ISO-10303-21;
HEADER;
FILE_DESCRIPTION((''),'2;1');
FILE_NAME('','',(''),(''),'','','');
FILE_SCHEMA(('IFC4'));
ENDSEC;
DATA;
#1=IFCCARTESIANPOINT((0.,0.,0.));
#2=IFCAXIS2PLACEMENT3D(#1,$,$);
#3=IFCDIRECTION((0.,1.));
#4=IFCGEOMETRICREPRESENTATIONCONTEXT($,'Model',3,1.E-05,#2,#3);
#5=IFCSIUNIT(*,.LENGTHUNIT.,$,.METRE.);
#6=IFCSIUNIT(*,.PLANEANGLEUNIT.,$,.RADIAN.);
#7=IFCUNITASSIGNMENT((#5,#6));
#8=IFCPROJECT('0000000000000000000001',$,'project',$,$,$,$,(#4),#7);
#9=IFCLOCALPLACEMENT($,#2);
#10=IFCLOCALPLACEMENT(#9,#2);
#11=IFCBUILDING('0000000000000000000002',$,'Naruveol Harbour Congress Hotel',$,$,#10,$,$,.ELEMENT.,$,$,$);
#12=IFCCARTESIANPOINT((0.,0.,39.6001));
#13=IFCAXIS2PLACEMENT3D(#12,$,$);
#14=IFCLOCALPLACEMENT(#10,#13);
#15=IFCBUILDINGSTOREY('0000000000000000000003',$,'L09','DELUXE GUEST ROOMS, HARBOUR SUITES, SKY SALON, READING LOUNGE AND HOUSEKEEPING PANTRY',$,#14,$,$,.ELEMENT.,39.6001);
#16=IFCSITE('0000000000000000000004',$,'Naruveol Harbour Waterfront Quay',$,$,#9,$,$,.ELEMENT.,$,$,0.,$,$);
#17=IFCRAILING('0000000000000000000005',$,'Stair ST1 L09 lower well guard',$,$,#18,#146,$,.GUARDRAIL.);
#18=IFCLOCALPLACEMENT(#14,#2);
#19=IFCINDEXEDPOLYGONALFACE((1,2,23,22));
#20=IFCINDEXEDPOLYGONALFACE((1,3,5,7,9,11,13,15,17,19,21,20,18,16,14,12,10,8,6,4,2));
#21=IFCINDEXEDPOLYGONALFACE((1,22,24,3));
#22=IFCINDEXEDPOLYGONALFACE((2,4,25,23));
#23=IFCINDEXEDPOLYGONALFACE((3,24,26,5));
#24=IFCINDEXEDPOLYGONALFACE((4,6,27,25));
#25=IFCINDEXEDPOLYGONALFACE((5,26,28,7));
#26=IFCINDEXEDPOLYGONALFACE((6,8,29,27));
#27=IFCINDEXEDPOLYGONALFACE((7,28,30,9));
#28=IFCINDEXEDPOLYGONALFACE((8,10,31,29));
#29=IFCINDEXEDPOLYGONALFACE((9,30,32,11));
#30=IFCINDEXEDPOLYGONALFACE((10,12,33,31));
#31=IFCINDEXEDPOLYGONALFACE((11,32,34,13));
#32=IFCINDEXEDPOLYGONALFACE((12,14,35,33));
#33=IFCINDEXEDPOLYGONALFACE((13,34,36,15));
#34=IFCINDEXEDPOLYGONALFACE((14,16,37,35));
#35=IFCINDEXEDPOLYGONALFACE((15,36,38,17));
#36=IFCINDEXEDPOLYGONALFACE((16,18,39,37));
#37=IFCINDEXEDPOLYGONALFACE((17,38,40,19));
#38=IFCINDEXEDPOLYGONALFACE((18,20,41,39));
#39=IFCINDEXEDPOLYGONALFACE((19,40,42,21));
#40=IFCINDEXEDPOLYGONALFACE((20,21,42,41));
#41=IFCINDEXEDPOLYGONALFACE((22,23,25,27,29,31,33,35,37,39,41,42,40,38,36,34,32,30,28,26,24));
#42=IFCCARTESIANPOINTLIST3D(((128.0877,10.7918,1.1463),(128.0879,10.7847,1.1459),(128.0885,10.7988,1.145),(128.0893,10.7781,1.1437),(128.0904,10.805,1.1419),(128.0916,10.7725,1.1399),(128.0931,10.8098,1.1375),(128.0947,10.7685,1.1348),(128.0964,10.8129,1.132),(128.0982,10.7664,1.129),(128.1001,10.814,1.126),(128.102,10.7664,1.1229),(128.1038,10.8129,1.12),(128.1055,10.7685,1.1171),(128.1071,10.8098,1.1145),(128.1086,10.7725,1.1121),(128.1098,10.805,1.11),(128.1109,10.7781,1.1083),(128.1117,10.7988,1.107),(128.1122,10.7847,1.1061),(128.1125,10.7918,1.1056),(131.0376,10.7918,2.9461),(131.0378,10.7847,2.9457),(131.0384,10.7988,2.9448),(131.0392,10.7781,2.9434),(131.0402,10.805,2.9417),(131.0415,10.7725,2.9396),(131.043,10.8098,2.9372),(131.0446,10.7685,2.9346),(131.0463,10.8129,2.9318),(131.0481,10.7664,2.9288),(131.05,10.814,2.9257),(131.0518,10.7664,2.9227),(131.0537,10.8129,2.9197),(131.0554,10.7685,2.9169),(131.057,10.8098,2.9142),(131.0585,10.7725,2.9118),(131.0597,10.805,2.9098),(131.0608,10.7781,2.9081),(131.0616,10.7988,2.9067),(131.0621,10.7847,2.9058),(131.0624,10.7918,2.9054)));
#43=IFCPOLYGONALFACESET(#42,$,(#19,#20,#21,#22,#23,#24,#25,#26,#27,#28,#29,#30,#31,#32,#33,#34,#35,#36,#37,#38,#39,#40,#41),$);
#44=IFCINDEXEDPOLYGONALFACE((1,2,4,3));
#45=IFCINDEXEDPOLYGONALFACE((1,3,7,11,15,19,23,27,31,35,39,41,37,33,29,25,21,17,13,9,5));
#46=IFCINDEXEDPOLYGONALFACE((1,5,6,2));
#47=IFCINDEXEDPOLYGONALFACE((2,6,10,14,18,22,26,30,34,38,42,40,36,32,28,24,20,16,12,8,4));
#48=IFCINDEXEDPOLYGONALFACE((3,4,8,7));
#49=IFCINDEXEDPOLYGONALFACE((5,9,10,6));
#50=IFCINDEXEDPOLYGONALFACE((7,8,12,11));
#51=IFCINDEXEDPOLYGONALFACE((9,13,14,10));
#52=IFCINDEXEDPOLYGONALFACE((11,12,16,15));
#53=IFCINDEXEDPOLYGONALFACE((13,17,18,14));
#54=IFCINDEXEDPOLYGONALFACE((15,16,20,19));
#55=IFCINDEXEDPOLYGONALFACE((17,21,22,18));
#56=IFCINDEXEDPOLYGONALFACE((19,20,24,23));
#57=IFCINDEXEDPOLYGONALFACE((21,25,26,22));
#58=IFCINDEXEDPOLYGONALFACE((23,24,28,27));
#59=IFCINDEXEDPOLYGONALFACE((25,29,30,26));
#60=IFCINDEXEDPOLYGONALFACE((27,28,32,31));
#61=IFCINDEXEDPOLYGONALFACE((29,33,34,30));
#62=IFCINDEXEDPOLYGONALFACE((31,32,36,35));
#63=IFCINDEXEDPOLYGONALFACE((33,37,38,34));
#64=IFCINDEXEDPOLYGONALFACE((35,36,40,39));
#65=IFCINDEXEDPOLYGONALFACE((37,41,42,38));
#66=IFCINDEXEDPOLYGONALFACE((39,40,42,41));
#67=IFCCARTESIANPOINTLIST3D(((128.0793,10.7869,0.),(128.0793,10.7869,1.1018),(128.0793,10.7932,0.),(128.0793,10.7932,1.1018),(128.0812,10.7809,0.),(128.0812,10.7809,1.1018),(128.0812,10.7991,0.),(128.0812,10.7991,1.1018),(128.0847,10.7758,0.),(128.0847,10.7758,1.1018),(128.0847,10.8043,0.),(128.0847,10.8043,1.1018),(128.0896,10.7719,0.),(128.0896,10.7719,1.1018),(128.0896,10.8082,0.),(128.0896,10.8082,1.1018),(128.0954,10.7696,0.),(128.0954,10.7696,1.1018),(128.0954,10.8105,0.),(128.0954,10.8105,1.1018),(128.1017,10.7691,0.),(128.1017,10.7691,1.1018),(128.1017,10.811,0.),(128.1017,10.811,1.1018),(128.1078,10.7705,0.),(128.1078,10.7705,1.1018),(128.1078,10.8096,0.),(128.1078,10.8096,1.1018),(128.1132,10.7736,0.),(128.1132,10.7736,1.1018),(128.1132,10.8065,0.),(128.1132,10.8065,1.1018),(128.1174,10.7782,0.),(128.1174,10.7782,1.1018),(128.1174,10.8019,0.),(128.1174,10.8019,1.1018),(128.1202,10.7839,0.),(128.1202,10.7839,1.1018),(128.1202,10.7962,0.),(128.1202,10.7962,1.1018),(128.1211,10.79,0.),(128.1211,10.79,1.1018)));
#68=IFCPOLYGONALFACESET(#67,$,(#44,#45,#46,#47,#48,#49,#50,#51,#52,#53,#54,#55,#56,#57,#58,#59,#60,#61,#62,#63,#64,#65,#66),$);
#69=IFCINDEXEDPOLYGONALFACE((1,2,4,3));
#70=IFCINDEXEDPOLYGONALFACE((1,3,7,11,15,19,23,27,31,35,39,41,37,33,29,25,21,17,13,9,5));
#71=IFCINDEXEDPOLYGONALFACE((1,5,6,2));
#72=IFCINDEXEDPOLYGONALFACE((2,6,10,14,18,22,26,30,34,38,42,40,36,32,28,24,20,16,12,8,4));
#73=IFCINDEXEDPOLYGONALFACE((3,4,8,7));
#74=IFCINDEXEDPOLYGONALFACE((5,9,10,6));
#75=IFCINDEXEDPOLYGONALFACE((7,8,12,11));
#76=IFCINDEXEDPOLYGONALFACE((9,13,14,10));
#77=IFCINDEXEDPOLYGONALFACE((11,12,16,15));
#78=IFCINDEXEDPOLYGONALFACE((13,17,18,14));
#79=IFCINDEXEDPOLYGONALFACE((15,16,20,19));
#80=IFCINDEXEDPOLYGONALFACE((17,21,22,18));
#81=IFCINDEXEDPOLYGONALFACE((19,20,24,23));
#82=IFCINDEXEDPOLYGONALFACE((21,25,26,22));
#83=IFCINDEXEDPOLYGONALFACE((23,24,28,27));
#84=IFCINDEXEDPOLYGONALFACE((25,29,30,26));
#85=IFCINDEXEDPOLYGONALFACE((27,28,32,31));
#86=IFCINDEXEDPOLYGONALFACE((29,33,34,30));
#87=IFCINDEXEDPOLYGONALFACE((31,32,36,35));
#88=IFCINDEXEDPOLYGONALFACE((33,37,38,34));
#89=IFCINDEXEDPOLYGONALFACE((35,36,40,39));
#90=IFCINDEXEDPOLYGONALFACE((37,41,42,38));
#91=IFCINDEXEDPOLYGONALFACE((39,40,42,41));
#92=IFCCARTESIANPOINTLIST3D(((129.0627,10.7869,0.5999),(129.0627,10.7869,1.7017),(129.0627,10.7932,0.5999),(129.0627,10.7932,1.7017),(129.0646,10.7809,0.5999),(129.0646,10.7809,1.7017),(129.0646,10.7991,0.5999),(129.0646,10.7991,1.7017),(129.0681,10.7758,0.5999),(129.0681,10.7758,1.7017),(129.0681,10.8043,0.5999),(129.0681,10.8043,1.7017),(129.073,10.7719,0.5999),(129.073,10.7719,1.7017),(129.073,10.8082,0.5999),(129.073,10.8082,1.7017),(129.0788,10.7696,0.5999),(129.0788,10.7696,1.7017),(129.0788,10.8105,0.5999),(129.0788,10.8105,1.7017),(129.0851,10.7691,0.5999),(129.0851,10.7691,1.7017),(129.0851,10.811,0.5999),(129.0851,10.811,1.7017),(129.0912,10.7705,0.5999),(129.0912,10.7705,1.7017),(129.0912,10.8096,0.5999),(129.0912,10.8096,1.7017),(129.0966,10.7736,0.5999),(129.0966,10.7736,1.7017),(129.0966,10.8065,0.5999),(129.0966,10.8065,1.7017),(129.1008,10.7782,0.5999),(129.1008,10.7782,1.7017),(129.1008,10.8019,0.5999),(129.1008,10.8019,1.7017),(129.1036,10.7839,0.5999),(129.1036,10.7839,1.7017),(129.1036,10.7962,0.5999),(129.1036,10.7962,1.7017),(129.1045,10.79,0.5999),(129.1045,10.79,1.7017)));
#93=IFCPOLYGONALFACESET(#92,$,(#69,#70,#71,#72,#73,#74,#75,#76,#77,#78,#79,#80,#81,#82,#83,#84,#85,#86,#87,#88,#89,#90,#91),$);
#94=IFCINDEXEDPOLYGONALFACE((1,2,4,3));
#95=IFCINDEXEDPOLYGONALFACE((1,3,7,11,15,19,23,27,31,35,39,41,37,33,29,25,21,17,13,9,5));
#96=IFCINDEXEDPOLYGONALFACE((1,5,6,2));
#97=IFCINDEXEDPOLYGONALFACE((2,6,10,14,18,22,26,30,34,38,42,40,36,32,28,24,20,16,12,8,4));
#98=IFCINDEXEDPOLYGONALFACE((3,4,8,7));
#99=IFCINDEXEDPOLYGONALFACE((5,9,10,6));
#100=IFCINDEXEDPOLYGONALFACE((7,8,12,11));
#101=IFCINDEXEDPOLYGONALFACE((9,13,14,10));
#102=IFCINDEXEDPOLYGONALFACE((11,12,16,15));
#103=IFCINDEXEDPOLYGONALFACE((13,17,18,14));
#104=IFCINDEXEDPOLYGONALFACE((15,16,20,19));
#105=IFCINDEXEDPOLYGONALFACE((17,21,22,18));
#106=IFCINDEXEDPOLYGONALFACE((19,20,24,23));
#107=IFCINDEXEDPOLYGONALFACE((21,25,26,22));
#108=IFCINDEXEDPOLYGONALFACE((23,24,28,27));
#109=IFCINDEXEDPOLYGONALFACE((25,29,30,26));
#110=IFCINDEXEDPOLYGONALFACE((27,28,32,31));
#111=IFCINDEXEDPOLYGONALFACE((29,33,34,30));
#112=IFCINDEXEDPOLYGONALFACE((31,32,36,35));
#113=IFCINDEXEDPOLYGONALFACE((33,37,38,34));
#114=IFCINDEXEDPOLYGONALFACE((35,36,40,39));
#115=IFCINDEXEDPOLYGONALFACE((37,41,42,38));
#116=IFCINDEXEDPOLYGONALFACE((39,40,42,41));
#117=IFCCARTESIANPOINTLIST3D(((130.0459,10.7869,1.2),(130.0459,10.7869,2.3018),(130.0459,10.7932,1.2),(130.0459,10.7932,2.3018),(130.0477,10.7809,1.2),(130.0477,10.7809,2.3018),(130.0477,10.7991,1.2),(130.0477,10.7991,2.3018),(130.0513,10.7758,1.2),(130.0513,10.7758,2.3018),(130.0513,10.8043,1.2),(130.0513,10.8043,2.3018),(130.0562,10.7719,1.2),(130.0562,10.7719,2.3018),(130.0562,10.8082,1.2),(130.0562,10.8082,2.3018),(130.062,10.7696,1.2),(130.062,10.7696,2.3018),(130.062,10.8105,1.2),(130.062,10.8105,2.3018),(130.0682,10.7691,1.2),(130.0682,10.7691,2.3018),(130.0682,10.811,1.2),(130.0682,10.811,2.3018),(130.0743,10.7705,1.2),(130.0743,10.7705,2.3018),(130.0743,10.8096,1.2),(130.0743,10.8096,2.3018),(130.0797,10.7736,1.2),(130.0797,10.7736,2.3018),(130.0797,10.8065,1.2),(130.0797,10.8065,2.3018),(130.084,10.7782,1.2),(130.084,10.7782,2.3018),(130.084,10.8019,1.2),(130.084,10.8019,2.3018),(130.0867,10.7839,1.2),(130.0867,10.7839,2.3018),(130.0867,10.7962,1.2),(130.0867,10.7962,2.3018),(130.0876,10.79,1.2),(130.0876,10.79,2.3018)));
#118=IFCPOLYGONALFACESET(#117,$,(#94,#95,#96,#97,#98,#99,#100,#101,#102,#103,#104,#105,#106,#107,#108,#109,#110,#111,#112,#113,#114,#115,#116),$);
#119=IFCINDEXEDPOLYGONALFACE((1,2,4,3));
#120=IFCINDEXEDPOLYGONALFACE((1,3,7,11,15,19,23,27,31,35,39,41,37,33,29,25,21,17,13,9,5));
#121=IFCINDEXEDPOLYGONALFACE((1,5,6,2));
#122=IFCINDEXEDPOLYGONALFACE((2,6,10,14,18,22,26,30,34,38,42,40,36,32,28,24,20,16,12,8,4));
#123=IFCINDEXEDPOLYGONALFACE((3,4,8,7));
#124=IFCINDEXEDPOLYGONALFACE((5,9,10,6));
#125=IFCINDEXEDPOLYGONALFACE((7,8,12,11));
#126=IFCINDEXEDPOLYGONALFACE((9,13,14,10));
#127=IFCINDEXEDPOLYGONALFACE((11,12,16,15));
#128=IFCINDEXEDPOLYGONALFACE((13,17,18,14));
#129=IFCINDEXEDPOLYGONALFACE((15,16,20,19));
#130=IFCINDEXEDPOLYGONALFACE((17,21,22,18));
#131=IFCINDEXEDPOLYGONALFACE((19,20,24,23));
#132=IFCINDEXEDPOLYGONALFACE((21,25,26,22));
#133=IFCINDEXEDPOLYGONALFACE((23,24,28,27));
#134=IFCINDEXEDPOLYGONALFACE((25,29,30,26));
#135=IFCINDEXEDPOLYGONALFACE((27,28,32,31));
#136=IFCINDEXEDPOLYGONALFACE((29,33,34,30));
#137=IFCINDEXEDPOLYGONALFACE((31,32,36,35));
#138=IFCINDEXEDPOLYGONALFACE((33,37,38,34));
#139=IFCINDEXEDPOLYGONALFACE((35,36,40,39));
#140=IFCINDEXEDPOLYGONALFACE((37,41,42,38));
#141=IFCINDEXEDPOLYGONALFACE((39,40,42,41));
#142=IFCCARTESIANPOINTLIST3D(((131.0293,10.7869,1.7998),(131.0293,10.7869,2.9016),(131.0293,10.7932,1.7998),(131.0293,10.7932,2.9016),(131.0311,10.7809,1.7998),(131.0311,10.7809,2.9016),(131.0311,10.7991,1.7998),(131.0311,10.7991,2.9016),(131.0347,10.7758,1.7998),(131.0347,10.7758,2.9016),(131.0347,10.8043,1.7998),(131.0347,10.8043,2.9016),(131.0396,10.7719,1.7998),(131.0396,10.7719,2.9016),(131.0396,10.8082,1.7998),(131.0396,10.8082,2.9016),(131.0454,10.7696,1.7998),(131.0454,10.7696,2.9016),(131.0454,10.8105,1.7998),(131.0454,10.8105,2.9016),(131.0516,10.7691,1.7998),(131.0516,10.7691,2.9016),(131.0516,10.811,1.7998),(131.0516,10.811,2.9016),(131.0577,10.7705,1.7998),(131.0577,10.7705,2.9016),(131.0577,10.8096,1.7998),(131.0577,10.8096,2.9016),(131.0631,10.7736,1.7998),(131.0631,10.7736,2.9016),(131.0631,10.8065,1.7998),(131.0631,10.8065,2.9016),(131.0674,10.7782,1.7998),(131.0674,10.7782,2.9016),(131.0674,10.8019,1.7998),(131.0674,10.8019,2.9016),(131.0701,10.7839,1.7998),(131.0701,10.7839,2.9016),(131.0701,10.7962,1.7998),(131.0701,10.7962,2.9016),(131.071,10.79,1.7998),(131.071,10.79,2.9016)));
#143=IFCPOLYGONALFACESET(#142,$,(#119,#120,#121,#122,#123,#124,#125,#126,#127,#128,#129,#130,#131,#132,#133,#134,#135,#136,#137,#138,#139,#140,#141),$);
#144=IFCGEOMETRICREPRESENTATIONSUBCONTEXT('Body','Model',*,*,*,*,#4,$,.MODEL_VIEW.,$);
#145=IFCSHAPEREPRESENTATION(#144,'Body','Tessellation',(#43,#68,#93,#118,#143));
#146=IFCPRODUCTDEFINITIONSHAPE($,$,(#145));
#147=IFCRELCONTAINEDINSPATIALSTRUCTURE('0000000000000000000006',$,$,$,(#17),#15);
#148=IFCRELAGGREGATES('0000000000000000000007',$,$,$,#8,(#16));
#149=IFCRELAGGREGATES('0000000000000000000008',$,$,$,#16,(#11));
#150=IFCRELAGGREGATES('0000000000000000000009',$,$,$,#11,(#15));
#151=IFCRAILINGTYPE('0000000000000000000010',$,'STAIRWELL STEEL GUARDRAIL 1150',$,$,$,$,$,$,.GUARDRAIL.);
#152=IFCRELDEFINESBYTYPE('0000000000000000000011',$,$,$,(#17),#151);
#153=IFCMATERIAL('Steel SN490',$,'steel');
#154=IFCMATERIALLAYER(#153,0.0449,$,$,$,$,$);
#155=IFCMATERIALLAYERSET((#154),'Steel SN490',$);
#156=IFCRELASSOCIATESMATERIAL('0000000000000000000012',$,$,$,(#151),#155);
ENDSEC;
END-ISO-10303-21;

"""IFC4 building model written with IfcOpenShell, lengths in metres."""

from ifc_helpers import new_model, si_unit, direction, frame, origin, origin_2d, place, context, subcontext, project, spatial, circle, extrude, material, layer, layer_set, type_object, element, save


model = new_model("IFC4")

# Units and contexts
model_context = context("Model", 3, precision=1e-05, world=origin(), true_north=direction((0.0, 1.0)))
body_context = subcontext(model_context, "Body", "Model", "MODEL_VIEW")
ifc_project = project(units=[si_unit("LENGTHUNIT", "METRE"), si_unit("PLANEANGLEUNIT", "RADIAN")], contexts=[model_context])

# Site, building, storey
site_placement = place(None, origin())
site = spatial("IfcSite", under=ifc_project, at=site_placement, Name="Naruveol Harbour Waterfront Quay", CompositionType="ELEMENT", RefElevation=0.0)
building_placement = place(site_placement, origin())
building = spatial("IfcBuilding", under=site, at=building_placement, Name="Naruveol Harbour Congress Hotel", CompositionType="ELEMENT")
storey_placement = place(building_placement, frame((0.0, 0.0, 39.6001)))
storey = spatial("IfcBuildingStorey", under=building, at=storey_placement, Name="L09", Description="DELUXE GUEST ROOMS, HARBOUR SUITES, SKY SALON, READING LOUNGE AND HOUSEKEEPING PANTRY", CompositionType="ELEMENT", Elevation=39.6001)

# Railing
ifc_material_1 = material(Name="Steel SN490", Category="steel")
ifc_layer_1 = layer(ifc_material_1, 0.0449)
ifc_layer_set_1 = layer_set([ifc_layer_1], Name="Steel SN490")
railing_type_1 = type_object("IfcRailingType", Name="STAIRWELL STEEL GUARDRAIL 1150", PredefinedType="GUARDRAIL", material=ifc_layer_set_1)
railing_1_placement = place(storey_placement, frame((128.1001, 10.79, 0.0)))
element("IfcRailing", 1, at=railing_1_placement, inside=storey, type_object=railing_type_1, Name="Stair ST1 L09 lower well guard", PredefinedType="GUARDRAIL", context=body_context, shape_type="SweptSolid", body=[
    extrude(circle(Radius=0.0239, at=origin_2d()), frame((0.0, 0.0, 1.126), z_axis=(0.853661, 0.0, 0.52083), x_axis=(0.0, 1.0, 0.0)), (0.0, 0.0, 1.0), 3.4556),
    extrude(circle(Radius=0.021, at=origin_2d()), origin(), (0.0, 0.0, 1.0), 1.1018),
    extrude(circle(Radius=0.021, at=origin_2d()), frame((0.9834, 0.0, 0.5999)), (0.0, 0.0, 1.0), 1.1018),
    extrude(circle(Radius=0.021, at=origin_2d()), frame((1.9666, 0.0, 1.2)), (0.0, 0.0, 1.0), 1.1018),
    extrude(circle(Radius=0.021, at=origin_2d()), frame((2.95, 0.0, 1.7998)), (0.0, 0.0, 1.0), 1.1018),
])

save(model, "model.ifc")
